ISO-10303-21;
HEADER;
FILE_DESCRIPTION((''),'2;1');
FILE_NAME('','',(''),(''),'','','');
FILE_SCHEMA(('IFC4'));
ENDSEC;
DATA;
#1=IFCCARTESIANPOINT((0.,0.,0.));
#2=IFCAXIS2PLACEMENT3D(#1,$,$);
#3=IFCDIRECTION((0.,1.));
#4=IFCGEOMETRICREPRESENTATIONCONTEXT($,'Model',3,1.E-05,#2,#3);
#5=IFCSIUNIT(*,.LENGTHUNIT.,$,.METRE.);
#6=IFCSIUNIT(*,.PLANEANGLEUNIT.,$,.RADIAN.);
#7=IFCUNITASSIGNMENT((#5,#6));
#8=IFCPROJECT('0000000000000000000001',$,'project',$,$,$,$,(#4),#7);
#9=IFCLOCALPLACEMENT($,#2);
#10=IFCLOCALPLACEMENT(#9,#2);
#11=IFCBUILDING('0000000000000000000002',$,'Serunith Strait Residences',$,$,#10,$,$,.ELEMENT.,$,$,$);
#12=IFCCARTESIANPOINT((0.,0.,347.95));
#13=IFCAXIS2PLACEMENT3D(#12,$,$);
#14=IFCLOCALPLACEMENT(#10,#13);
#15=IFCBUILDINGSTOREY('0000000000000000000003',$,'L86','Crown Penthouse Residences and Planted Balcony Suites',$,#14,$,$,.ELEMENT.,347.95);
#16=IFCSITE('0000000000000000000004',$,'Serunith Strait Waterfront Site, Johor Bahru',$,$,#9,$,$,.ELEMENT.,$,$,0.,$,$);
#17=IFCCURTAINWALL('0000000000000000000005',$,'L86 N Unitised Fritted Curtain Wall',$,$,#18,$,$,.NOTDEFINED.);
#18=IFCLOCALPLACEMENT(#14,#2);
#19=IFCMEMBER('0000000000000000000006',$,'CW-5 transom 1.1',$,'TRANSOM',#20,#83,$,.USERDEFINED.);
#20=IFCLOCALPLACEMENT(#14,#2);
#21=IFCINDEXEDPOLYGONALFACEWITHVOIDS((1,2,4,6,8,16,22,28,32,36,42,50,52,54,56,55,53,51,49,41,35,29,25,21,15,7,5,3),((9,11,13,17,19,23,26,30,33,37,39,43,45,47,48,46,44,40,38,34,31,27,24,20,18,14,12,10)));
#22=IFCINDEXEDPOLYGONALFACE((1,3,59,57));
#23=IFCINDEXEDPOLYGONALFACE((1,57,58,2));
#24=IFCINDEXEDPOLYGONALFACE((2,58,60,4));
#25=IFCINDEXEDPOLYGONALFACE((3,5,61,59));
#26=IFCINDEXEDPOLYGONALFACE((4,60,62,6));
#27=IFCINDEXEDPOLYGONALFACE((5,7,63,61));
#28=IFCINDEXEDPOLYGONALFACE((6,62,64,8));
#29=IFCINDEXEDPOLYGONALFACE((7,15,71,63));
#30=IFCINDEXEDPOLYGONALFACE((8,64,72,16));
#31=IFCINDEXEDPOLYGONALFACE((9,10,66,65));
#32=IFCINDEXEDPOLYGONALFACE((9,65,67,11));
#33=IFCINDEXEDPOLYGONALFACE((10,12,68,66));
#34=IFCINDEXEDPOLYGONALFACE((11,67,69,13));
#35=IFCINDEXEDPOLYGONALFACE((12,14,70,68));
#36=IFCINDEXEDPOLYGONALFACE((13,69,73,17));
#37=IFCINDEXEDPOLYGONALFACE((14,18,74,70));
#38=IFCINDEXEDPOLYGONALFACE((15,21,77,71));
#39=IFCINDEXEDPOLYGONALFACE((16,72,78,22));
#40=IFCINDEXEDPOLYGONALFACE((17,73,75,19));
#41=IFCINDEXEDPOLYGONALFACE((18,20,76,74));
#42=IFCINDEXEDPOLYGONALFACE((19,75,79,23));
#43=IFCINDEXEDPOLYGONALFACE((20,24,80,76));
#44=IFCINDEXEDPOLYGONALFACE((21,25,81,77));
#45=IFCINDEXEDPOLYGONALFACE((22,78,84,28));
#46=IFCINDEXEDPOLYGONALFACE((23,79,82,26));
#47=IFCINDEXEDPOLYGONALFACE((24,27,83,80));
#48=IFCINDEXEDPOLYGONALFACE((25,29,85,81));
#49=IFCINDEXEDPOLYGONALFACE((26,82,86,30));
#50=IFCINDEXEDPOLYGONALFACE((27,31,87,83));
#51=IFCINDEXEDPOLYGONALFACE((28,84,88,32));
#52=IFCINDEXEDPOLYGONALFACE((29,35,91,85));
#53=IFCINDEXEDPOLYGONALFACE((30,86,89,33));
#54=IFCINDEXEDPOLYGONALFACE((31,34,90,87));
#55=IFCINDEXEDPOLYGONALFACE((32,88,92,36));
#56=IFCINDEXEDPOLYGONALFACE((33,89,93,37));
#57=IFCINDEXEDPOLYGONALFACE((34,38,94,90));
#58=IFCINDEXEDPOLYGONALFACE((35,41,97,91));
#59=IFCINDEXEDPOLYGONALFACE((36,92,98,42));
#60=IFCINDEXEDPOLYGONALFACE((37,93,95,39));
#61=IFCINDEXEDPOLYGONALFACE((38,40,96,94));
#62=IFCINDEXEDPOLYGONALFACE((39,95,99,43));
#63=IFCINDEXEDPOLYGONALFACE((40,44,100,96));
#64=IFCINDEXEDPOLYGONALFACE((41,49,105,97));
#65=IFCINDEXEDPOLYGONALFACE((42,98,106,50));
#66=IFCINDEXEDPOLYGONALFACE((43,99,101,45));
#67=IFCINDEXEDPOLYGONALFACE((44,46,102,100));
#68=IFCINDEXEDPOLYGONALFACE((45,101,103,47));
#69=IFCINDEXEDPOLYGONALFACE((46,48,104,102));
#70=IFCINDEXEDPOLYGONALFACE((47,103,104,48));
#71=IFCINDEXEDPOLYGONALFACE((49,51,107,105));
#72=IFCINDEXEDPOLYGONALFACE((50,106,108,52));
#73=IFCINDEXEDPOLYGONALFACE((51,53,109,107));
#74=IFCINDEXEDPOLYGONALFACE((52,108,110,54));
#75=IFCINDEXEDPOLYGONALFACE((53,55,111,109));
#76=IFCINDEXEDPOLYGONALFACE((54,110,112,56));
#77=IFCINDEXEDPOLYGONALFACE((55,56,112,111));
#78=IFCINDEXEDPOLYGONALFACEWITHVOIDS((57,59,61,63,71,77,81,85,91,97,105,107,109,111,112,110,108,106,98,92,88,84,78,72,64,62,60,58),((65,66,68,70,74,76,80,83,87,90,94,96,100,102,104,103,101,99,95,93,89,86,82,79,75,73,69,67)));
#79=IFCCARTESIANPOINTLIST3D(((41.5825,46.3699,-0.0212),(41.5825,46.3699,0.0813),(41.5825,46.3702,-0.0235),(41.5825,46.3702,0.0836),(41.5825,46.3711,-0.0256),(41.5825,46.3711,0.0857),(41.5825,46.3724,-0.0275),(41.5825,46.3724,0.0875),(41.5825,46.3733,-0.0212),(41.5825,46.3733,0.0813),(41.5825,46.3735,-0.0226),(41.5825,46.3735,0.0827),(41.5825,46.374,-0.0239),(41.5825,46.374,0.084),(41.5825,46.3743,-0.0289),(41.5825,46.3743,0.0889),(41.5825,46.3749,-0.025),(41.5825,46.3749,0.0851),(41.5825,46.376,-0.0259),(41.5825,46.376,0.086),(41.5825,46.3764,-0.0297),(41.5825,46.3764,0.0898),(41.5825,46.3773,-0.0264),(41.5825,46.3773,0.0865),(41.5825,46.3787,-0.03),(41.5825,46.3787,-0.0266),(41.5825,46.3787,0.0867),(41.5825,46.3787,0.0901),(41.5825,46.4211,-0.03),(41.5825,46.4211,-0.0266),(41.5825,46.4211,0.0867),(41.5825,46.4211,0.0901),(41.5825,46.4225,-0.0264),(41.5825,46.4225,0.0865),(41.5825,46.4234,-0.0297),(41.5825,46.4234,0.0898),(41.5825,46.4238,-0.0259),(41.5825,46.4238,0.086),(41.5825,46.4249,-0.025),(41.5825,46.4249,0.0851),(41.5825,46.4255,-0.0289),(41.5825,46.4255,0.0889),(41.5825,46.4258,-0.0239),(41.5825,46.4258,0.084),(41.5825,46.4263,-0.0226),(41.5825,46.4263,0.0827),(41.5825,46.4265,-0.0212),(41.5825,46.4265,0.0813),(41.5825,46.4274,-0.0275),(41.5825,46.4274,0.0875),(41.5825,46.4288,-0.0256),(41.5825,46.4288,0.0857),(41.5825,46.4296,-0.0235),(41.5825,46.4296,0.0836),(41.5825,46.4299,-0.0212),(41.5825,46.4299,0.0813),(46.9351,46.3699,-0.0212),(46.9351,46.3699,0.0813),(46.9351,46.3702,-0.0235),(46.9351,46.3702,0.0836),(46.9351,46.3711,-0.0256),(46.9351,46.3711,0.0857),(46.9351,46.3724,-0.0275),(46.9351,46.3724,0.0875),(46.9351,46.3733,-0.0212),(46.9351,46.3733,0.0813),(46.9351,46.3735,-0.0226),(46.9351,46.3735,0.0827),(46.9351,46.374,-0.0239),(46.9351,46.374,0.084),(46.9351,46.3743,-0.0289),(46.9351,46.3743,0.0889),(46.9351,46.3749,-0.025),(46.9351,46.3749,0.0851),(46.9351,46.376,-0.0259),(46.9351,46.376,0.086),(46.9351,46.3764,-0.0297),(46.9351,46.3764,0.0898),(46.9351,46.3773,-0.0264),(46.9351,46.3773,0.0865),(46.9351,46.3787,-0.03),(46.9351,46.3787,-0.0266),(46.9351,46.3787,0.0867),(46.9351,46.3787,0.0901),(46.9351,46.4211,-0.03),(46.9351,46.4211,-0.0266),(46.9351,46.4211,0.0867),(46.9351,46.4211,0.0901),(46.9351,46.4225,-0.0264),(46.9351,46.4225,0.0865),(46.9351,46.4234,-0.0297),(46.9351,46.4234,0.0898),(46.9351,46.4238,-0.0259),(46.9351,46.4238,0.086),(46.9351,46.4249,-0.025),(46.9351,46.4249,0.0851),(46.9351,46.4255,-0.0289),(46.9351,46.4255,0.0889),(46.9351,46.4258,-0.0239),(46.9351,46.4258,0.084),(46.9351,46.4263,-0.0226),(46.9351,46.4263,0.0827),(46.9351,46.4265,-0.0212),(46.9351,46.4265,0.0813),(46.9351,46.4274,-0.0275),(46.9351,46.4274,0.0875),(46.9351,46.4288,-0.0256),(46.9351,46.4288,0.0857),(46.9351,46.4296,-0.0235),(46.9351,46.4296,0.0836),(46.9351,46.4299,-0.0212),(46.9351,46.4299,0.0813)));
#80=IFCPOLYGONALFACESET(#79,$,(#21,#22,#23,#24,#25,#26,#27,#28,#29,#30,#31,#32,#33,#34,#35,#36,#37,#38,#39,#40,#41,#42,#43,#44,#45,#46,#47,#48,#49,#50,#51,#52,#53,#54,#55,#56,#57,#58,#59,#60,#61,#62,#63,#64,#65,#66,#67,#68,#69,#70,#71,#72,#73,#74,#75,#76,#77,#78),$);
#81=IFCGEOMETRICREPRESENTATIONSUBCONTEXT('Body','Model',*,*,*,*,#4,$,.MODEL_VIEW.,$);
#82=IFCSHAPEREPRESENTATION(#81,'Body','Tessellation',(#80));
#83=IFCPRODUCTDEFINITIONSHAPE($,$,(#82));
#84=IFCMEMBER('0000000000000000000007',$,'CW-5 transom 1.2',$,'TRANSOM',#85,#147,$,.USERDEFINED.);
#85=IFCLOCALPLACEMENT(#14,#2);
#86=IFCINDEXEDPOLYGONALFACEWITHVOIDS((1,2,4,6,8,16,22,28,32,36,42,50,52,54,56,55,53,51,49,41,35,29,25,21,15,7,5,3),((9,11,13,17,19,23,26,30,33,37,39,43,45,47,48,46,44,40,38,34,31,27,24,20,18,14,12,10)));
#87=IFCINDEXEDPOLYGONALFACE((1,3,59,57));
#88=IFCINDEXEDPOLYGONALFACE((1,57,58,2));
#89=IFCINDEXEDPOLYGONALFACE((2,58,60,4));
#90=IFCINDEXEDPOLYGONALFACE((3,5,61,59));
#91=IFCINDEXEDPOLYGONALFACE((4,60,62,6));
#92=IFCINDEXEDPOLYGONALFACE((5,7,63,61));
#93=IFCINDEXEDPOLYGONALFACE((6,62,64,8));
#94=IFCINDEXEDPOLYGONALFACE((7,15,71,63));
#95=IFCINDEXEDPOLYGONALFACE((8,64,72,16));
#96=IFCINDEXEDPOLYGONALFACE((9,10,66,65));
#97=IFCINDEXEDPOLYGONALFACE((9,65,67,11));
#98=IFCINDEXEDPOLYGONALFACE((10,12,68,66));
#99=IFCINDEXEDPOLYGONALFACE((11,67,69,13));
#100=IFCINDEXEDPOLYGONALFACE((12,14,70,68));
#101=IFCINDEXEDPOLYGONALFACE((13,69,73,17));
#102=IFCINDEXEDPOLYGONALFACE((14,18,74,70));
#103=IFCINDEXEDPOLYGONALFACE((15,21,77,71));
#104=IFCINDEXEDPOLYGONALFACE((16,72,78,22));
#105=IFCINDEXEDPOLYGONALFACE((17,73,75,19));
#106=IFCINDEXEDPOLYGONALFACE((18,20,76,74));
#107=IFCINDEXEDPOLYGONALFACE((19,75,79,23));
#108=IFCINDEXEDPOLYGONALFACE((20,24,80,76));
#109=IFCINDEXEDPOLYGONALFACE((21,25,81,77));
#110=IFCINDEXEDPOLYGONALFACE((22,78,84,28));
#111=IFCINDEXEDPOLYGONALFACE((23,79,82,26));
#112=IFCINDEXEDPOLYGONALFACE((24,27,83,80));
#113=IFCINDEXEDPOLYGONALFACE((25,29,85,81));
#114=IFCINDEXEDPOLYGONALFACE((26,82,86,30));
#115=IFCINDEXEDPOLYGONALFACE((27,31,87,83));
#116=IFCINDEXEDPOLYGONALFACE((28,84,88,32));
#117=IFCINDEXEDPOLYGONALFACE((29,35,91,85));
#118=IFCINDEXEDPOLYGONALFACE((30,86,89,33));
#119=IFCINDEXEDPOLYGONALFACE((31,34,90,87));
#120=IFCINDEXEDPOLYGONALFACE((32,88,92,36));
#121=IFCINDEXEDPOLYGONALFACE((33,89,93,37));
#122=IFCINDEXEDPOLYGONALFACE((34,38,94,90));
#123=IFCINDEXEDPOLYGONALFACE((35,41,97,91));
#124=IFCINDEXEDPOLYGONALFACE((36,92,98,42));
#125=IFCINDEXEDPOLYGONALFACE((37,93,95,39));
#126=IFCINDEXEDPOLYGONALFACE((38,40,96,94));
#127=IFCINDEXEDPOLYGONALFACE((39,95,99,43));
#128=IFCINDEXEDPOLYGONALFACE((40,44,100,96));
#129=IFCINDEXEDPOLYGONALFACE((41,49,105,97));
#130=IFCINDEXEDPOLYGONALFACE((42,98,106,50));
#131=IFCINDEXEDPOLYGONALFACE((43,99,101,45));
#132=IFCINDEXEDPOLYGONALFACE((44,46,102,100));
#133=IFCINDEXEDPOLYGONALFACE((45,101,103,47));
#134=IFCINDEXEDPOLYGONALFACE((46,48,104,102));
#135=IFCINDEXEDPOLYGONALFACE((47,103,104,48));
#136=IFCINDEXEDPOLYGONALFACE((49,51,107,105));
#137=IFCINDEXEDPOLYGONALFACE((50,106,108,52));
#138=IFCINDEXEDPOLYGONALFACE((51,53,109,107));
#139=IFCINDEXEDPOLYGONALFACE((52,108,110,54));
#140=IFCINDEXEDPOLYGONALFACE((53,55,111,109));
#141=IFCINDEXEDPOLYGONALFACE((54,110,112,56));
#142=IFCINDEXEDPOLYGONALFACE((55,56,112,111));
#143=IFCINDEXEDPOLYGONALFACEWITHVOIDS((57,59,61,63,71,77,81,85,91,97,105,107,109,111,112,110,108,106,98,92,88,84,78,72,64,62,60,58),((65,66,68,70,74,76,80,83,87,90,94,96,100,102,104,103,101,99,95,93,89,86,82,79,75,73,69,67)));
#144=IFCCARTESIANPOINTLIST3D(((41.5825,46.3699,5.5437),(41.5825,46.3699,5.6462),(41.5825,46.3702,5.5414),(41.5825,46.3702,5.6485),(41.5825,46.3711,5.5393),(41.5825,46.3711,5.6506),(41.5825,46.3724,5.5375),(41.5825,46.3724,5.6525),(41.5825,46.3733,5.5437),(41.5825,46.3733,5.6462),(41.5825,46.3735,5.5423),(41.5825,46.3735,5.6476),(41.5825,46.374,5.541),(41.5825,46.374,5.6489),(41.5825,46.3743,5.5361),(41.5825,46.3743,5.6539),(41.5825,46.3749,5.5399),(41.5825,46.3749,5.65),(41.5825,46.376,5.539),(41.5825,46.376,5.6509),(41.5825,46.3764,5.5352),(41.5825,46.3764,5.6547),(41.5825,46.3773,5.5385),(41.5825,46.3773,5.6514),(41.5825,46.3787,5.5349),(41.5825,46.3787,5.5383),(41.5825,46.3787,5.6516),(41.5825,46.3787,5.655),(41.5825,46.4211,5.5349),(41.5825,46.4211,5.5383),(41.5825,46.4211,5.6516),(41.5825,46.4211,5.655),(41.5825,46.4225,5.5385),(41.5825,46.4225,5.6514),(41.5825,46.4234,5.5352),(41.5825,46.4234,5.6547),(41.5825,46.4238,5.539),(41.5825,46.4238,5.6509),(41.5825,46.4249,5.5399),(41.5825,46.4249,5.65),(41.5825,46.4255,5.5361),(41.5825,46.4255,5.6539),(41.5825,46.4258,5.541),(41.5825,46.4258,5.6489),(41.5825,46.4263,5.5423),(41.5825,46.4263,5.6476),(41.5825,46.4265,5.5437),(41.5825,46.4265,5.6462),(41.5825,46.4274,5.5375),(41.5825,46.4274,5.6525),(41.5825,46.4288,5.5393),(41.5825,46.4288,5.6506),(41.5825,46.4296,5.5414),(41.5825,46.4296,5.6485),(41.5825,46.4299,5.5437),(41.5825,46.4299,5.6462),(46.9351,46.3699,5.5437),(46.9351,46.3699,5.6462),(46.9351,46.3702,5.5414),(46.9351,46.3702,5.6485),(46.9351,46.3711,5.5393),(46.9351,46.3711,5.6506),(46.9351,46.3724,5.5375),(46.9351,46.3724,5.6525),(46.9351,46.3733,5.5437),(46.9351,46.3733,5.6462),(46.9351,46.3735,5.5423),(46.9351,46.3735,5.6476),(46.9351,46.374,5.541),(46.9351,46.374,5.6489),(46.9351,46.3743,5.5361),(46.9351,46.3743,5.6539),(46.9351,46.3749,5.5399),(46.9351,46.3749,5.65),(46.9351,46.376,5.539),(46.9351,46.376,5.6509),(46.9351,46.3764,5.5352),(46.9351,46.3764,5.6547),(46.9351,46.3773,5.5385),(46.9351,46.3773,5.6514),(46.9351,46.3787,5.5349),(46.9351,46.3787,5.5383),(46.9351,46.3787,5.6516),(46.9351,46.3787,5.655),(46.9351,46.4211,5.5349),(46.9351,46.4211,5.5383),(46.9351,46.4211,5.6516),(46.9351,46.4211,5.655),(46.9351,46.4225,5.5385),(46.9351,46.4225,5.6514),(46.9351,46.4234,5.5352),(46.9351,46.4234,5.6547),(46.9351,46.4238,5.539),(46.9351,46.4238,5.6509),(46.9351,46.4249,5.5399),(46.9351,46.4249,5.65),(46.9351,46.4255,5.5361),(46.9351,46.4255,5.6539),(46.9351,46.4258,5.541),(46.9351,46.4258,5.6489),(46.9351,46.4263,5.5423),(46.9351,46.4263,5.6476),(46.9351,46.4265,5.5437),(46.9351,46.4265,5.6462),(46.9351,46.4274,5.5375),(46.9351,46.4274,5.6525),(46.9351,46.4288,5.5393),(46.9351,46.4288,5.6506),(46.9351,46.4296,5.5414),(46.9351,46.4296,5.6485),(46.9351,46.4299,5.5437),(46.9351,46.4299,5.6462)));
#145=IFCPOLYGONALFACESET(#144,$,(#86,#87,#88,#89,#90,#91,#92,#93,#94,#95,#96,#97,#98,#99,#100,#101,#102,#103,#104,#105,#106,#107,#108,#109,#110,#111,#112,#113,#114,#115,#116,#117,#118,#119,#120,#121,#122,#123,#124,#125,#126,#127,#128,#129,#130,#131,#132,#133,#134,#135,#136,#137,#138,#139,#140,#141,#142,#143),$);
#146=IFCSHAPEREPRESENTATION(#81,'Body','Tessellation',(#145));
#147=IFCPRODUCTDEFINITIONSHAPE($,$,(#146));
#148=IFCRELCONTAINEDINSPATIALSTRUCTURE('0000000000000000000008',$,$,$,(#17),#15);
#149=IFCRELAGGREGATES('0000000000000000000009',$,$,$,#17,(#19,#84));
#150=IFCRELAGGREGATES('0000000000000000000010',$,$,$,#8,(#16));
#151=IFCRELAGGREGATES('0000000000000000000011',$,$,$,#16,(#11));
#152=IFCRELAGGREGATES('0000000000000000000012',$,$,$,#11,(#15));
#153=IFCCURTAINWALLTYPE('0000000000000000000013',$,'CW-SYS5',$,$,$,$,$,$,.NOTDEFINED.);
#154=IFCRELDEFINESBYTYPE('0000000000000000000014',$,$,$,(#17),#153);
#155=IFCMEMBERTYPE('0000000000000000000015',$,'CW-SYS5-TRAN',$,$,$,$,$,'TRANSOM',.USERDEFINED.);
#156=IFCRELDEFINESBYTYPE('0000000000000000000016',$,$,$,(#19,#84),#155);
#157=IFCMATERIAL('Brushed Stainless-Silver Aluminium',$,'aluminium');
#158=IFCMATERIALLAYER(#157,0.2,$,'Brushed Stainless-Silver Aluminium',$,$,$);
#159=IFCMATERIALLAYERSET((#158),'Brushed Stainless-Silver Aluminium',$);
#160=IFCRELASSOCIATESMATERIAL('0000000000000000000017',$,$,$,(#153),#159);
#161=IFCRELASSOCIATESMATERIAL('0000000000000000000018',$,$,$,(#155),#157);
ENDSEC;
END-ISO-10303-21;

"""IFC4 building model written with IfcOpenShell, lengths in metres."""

from ifc_helpers import new_model, si_unit, direction, frame, origin, origin_2d, place, context, subcontext, project, spatial, hollow_rectangle, extrude, source, transform, mapped, material, layer, layer_set, material_profile, profile_set, type_object, element, aggregate, save


model = new_model("IFC4")

# Units and contexts
model_context = context("Model", 3, precision=1e-05, world=origin(), true_north=direction((0.0, 1.0)))
body_context = subcontext(model_context, "Body", "Model", "MODEL_VIEW")
ifc_project = project(units=[si_unit("LENGTHUNIT", "METRE"), si_unit("PLANEANGLEUNIT", "RADIAN")], contexts=[model_context])

# Site, building, storey
site_placement = place(None, origin())
site = spatial("IfcSite", under=ifc_project, at=site_placement, Name="Serunith Strait Waterfront Site, Johor Bahru", CompositionType="ELEMENT", RefElevation=0.0)
building_placement = place(site_placement, origin())
building = spatial("IfcBuilding", under=site, at=building_placement, Name="Serunith Strait Residences", CompositionType="ELEMENT")
storey_placement = place(building_placement, frame((0.0, 0.0, 347.95)))
storey = spatial("IfcBuildingStorey", under=building, at=storey_placement, Name="L86", Description="Crown Penthouse Residences and Planted Balcony Suites", CompositionType="ELEMENT", Elevation=347.95)

# Curtain wall, members
ifc_material_1 = material(Name="Brushed Stainless-Silver Aluminium", Category="aluminium")
ifc_layer_1 = layer(ifc_material_1, 0.2, Name="Brushed Stainless-Silver Aluminium")
ifc_layer_set_1 = layer_set([ifc_layer_1], Name="Brushed Stainless-Silver Aluminium")
curtain_wall_type = type_object("IfcCurtainWallType", Name="CW-SYS5", PredefinedType="NOTDEFINED", material=ifc_layer_set_1)
curtain_wall_1_placement = place(storey_placement, origin())
curtain_wall_1 = element("IfcCurtainWall", 1, at=curtain_wall_1_placement, inside=storey, type_object=curtain_wall_type, Name="L86 N Unitised Fritted Curtain Wall", PredefinedType="NOTDEFINED")
ifc_material_profile_1 = material_profile(ifc_material_1, hollow_rectangle(XDim=0.0601, YDim=0.1201, WallThickness=0.0034, InnerFilletRadius=0.0054, OuterFilletRadius=0.0088, at=origin_2d()), Name="ALU 120x60x3.5")
ifc_profile_set_1 = profile_set([ifc_material_profile_1], Name="Brushed Stainless-Silver Aluminium")
member_type_1 = type_object("IfcMemberType", Name="CW-SYS5-TRAN", ElementType="TRANSOM", PredefinedType="USERDEFINED", material=ifc_profile_set_1)
shared_shape_1 = source(origin(), body_context, "Body", "SweptSolid", [
    extrude(hollow_rectangle(XDim=0.0601, YDim=0.1201, WallThickness=0.0034, InnerFilletRadius=0.0054, OuterFilletRadius=0.0088, at=origin_2d()), origin(), (0.0, 0.0, 1.0), 5.3525),
])
member_1_placement = place(storey_placement, frame((46.9351, 46.3999, 0.03), z_axis=(-1.0, 0.0, 0.0), x_axis=(0.0, -1.0, 0.0)))
member_1 = element("IfcMember", 2, at=member_1_placement, type_object=member_type_1, Name="CW-5 transom 1.1", ObjectType="TRANSOM", PredefinedType="USERDEFINED", context=body_context, shape_type="MappedRepresentation", body=[
    mapped(shared_shape_1, transform((0.0, 0.0, 0.0), scale=1.0)),
])
member_2_placement = place(storey_placement, frame((46.9351, 46.3999, 5.595), z_axis=(-1.0, 0.0, 0.0), x_axis=(0.0, -1.0, 0.0)))
member_2 = element("IfcMember", 3, at=member_2_placement, type_object=member_type_1, Name="CW-5 transom 1.2", ObjectType="TRANSOM", PredefinedType="USERDEFINED", context=body_context, shape_type="MappedRepresentation", body=[
    mapped(shared_shape_1, transform((0.0, 0.0, 0.0), scale=1.0)),
])

aggregate(curtain_wall_1, [member_1, member_2])

save(model, "model.ifc")
